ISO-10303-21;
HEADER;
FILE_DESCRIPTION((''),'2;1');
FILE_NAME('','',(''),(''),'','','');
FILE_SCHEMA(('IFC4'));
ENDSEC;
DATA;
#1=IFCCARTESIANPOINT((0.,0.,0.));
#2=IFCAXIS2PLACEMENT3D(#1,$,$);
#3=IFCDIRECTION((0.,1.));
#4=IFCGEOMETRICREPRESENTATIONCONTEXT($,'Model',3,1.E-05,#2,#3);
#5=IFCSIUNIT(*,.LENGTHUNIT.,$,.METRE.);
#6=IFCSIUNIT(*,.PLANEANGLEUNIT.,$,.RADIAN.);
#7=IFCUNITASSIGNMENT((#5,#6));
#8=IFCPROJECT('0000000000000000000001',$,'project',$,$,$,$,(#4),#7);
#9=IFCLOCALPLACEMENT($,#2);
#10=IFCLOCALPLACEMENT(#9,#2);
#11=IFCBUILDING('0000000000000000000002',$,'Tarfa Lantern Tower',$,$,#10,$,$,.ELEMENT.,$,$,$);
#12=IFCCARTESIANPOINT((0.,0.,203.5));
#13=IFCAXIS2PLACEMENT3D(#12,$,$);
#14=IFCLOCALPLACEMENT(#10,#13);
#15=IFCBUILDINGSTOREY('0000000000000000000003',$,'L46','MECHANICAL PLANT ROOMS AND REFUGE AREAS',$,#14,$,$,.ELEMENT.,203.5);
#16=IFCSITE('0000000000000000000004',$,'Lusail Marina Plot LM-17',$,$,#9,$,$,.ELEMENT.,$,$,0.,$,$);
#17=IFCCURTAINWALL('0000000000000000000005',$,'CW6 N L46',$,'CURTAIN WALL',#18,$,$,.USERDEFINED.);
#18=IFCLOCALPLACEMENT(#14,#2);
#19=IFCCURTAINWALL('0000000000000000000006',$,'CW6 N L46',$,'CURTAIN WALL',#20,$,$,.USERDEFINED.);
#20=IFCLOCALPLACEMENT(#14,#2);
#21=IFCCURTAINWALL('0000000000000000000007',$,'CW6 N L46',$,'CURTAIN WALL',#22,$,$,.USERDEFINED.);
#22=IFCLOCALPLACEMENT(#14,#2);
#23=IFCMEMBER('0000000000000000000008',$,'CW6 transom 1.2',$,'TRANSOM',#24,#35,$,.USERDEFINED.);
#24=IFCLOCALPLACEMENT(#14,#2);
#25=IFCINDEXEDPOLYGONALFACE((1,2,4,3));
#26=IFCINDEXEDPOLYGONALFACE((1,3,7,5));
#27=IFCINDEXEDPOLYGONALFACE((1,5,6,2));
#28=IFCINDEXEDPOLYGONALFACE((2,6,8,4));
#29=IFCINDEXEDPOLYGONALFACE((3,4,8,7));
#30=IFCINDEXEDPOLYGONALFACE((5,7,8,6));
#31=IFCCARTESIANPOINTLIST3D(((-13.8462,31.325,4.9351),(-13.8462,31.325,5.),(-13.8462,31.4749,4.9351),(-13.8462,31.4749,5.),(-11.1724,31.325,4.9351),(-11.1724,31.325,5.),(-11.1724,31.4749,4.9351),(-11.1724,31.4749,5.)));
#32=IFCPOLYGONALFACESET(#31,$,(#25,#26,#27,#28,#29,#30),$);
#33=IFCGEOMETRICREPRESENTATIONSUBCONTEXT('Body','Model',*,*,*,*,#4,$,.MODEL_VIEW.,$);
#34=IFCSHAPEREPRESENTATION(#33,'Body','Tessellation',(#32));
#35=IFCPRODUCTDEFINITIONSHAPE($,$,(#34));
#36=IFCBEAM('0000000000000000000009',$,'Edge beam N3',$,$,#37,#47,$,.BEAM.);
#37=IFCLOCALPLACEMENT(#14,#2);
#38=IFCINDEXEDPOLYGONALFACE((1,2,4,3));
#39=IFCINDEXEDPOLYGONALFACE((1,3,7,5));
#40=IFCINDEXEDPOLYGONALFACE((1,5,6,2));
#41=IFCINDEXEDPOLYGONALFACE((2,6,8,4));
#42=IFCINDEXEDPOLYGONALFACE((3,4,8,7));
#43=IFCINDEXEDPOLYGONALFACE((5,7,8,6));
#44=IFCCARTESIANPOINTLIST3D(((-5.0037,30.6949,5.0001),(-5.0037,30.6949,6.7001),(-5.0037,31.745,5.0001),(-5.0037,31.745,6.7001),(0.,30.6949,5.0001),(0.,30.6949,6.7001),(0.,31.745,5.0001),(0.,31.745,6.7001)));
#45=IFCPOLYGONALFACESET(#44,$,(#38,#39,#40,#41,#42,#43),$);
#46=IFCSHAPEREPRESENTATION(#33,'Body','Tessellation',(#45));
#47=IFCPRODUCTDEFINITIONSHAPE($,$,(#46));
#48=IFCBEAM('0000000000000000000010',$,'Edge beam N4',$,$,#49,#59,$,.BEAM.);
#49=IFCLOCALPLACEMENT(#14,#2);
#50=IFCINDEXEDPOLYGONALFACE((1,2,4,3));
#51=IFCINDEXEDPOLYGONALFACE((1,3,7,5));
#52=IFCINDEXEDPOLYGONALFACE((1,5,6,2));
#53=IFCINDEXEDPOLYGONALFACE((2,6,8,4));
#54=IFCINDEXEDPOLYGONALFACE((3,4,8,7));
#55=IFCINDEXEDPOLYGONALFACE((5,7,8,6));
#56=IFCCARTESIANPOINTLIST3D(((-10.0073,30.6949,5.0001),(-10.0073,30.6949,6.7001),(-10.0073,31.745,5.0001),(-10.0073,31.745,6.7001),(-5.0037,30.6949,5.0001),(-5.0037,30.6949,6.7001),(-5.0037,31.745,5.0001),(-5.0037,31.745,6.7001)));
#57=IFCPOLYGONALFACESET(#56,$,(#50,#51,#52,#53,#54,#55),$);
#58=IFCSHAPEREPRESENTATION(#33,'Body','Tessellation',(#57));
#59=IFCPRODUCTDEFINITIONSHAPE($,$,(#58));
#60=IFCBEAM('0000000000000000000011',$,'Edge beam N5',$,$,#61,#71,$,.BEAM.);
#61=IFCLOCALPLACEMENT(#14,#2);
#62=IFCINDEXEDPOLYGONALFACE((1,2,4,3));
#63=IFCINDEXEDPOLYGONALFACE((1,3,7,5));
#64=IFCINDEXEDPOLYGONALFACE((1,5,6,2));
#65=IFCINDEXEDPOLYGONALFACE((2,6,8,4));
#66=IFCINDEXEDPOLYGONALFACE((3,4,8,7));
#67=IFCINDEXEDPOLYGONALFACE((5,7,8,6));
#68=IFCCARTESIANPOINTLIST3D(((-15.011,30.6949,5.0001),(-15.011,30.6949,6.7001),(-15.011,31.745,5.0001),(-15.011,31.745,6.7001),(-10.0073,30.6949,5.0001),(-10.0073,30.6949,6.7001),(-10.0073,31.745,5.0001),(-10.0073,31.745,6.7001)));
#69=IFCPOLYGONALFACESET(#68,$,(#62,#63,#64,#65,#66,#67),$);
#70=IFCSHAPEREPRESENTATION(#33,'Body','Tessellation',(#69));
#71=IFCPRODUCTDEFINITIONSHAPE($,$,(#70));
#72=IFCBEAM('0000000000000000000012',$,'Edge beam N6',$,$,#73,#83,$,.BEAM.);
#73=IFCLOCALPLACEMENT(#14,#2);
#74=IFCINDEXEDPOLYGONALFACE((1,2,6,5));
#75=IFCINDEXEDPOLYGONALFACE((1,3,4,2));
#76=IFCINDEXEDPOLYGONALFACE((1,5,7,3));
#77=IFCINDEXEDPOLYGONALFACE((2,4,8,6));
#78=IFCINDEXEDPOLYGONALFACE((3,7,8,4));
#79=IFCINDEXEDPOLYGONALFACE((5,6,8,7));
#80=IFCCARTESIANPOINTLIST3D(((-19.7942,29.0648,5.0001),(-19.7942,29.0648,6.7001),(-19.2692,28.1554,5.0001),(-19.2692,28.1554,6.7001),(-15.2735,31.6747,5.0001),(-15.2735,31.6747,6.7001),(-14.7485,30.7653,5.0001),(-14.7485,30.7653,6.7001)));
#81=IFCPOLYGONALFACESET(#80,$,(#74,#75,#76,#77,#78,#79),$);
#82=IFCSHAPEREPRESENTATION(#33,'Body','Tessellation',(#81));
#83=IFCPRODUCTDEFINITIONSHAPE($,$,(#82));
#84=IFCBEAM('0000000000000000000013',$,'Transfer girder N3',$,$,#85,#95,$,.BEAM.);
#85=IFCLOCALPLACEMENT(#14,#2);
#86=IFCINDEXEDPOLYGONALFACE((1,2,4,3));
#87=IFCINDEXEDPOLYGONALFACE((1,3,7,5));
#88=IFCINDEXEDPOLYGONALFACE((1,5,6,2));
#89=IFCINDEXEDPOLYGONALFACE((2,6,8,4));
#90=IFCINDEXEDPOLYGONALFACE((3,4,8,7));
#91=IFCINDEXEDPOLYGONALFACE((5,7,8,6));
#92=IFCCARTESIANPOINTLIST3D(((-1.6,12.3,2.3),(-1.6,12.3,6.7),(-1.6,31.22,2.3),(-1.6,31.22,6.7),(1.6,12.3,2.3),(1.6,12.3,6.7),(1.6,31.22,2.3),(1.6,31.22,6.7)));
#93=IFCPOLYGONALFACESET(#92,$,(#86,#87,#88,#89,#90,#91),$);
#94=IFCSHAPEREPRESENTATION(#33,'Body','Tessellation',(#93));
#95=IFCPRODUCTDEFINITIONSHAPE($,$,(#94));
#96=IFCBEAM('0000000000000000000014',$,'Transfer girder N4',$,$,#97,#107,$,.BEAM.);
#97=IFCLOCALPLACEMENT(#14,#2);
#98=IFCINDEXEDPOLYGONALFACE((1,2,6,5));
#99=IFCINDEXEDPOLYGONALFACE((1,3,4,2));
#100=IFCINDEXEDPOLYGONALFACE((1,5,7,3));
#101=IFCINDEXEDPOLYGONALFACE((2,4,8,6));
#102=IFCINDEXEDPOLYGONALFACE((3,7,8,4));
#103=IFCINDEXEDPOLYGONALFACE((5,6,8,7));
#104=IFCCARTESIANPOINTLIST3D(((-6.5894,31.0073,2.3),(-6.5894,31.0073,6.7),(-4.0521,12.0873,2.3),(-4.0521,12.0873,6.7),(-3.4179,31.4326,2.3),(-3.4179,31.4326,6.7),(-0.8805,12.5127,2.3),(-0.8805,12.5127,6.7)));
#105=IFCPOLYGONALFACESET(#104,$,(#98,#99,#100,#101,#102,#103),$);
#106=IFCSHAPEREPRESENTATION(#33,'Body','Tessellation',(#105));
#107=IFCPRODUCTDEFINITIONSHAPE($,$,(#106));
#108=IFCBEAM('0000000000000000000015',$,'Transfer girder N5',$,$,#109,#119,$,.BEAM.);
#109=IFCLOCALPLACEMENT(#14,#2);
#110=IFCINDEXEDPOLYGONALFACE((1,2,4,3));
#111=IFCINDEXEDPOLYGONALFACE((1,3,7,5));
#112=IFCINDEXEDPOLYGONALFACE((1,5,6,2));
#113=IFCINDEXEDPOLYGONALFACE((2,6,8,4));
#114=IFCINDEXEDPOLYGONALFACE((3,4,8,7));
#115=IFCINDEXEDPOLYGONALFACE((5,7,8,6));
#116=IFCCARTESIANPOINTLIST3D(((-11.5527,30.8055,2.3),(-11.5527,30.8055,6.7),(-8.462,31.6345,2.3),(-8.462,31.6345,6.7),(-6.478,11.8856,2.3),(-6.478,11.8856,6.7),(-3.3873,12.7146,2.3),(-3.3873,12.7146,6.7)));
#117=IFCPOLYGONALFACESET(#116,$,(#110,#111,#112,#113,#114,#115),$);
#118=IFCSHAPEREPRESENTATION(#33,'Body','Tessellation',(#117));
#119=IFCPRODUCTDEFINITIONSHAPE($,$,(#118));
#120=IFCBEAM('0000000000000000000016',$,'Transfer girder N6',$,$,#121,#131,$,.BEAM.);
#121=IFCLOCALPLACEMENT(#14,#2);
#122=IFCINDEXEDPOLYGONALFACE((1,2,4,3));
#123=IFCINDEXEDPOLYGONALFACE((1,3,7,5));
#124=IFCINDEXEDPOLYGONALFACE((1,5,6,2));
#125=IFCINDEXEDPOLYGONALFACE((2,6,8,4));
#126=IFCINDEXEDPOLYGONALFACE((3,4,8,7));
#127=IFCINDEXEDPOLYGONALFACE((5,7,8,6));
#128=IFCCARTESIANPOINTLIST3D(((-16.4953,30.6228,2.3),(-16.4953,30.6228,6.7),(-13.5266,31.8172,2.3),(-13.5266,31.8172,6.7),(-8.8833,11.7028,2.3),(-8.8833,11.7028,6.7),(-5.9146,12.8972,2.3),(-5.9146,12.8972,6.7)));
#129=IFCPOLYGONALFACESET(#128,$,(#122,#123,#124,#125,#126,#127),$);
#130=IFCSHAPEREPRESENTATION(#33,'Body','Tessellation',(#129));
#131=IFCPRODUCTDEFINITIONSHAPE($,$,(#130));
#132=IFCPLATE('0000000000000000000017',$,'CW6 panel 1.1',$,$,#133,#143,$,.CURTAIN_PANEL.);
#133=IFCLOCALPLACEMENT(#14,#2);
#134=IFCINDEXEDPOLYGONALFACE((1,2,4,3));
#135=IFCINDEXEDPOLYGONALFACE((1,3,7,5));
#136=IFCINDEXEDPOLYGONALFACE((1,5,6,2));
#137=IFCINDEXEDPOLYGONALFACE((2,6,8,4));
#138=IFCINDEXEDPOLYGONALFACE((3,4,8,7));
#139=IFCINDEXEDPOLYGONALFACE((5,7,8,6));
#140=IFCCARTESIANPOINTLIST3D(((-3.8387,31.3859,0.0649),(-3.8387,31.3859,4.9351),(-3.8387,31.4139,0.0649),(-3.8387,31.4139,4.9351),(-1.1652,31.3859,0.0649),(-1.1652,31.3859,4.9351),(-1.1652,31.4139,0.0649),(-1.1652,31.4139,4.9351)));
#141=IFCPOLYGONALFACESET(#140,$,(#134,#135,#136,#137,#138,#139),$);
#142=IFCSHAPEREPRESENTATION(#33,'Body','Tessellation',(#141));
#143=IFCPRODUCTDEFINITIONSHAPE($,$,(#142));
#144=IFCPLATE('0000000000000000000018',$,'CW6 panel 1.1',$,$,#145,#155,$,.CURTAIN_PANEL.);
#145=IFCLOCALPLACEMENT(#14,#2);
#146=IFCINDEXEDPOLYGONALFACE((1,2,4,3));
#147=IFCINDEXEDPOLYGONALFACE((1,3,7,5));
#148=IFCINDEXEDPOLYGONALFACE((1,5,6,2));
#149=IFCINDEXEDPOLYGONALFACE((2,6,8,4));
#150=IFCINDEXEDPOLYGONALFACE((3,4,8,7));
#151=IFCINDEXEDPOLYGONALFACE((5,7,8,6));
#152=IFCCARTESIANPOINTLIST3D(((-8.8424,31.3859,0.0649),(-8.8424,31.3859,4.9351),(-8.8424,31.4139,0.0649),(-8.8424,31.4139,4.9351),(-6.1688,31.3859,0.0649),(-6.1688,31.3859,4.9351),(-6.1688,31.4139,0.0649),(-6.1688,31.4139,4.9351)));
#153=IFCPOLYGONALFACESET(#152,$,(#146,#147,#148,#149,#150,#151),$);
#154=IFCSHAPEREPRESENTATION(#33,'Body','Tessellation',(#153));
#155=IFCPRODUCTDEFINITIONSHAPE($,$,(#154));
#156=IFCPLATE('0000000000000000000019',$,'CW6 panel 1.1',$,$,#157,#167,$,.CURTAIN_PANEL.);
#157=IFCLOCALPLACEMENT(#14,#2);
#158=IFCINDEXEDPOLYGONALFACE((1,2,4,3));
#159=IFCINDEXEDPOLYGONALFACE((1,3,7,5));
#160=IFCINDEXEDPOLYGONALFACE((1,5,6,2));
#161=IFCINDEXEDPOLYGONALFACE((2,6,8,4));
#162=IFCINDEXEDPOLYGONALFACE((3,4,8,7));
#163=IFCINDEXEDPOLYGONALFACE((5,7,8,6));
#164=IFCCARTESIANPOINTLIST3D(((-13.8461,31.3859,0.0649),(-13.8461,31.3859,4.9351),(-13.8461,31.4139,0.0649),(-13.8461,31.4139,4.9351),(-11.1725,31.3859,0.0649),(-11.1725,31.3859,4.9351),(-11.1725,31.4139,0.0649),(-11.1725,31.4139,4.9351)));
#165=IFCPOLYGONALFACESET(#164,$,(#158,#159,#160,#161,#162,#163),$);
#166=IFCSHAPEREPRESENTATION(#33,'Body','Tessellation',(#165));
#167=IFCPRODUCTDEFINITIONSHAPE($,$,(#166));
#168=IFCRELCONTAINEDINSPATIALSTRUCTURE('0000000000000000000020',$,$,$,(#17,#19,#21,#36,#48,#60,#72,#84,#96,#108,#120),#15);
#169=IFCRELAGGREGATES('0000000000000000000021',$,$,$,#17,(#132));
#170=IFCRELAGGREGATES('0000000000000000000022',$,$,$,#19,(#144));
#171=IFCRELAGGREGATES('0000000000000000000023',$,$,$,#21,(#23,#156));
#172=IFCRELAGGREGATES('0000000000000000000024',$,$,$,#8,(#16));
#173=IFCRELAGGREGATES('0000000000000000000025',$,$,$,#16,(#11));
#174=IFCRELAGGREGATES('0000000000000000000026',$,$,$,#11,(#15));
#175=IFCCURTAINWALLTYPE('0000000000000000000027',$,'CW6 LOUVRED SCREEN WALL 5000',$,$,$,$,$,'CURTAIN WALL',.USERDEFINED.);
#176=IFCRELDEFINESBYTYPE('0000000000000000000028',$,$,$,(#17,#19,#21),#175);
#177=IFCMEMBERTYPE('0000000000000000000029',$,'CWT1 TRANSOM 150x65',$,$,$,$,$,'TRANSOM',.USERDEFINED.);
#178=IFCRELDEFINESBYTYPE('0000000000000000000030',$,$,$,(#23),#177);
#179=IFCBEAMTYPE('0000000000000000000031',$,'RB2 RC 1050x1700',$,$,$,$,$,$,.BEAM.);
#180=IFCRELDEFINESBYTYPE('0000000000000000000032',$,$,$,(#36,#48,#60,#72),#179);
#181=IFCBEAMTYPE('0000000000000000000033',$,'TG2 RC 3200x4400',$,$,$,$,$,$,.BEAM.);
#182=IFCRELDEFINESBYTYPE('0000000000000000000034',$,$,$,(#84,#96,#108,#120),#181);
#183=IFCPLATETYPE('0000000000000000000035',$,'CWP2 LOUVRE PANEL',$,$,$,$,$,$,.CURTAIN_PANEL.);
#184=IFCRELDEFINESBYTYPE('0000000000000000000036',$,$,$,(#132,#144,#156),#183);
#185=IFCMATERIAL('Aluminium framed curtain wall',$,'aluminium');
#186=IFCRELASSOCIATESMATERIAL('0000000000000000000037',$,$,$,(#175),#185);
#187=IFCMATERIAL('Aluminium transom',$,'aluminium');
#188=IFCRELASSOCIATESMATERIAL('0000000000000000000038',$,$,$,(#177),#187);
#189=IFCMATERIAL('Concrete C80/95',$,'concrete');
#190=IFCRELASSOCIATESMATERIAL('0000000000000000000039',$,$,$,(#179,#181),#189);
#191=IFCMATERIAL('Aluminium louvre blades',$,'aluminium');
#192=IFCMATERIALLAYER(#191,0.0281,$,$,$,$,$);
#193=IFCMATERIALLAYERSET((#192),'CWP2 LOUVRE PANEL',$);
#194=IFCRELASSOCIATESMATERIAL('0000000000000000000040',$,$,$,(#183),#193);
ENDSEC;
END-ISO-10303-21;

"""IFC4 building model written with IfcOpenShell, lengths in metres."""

from ifc_helpers import new_model, si_unit, direction, frame, origin, origin_2d, place, context, subcontext, project, spatial, rectangle, extrude, material, layer, layer_set, material_profile, profile_set, type_object, element, aggregate, save


model = new_model("IFC4")

# Units and contexts
model_context = context("Model", 3, precision=1e-05, world=origin(), true_north=direction((0.0, 1.0)))
body_context = subcontext(model_context, "Body", "Model", "MODEL_VIEW")
ifc_project = project(units=[si_unit("LENGTHUNIT", "METRE"), si_unit("PLANEANGLEUNIT", "RADIAN")], contexts=[model_context])

# Site, building, storey
site_placement = place(None, origin())
site = spatial("IfcSite", under=ifc_project, at=site_placement, Name="Lusail Marina Plot LM-17", CompositionType="ELEMENT", RefElevation=0.0)
building_placement = place(site_placement, origin())
building = spatial("IfcBuilding", under=site, at=building_placement, Name="Tarfa Lantern Tower", CompositionType="ELEMENT")
storey_placement = place(building_placement, frame((0.0, 0.0, 203.5)))
storey = spatial("IfcBuildingStorey", under=building, at=storey_placement, Name="L46", Description="MECHANICAL PLANT ROOMS AND REFUGE AREAS", CompositionType="ELEMENT", Elevation=203.5)

# Shared definitions
ifc_material_1 = material(Name="Concrete C80/95", Category="concrete")

# Curtain walls
ifc_material_2 = material(Name="Aluminium framed curtain wall", Category="aluminium")
curtain_wall_type = type_object("IfcCurtainWallType", Name="CW6 LOUVRED SCREEN WALL 5000", ElementType="CURTAIN WALL", PredefinedType="USERDEFINED", material=ifc_material_2)
curtain_wall_1_placement = place(storey_placement, origin())
curtain_wall_1 = element("IfcCurtainWall", 1, at=curtain_wall_1_placement, inside=storey, type_object=curtain_wall_type, Name="CW6 N L46", ObjectType="CURTAIN WALL", PredefinedType="USERDEFINED")
curtain_wall_2_placement = place(storey_placement, origin())
curtain_wall_2 = element("IfcCurtainWall", 2, at=curtain_wall_2_placement, inside=storey, type_object=curtain_wall_type, Name="CW6 N L46", ObjectType="CURTAIN WALL", PredefinedType="USERDEFINED")
curtain_wall_3_placement = place(storey_placement, origin())
curtain_wall_3 = element("IfcCurtainWall", 3, at=curtain_wall_3_placement, inside=storey, type_object=curtain_wall_type, Name="CW6 N L46", ObjectType="CURTAIN WALL", PredefinedType="USERDEFINED")

# Member
ifc_material_3 = material(Name="Aluminium transom", Category="aluminium")
ifc_material_profile_1 = material_profile(ifc_material_3, rectangle(XDim=0.1499, YDim=0.0649, at=origin_2d()), Name="AL TRANSOM 150x65")
ifc_profile_set_1 = profile_set([ifc_material_profile_1], Name="Aluminium transom")
member_type_1 = type_object("IfcMemberType", Name="CWT1 TRANSOM 150x65", ElementType="TRANSOM", PredefinedType="USERDEFINED", material=ifc_profile_set_1)
member_1_placement = place(storey_placement, frame((-11.1724, 31.3999, 4.9675), z_axis=(-1.0, 0.0, 0.0), x_axis=(0.0, -1.0, 0.0)))
member_1 = element("IfcMember", 4, at=member_1_placement, type_object=member_type_1, Name="CW6 transom 1.2", ObjectType="TRANSOM", PredefinedType="USERDEFINED", context=body_context, shape_type="SweptSolid", body=[
    extrude(rectangle(XDim=0.1499, YDim=0.0649, at=origin_2d()), origin(), (0.0, 0.0, 1.0), 2.6738),
])

# Beams
ifc_material_profile_2 = material_profile(ifc_material_1, rectangle(XDim=1.05, YDim=1.7, at=origin_2d()), Name="RC 1050x1700")
ifc_profile_set_2 = profile_set([ifc_material_profile_2], Name="Concrete C80/95")
beam_type_1 = type_object("IfcBeamType", Name="RB2 RC 1050x1700", PredefinedType="BEAM", material=ifc_profile_set_2)
for number, where, z_axis, x_axis, name in (
    (5, (0.0, 31.22, 5.8501), (-1.0, 0.0, 0.0), (0.0, -1.0, 0.0), "Edge beam N3"),
    (6, (-5.0037, 31.22, 5.8501), (-1.0, 0.0, 0.0), (0.0, -1.0, 0.0), "Edge beam N4"),
    (7, (-10.0073, 31.22, 5.8501), (-1.0, 0.0, 0.0), (0.0, -1.0, 0.0), "Edge beam N5"),
):
    element("IfcBeam", number, at=place(storey_placement, frame(where, z_axis=z_axis, x_axis=x_axis)), inside=storey, type_object=beam_type_1, Name=name, PredefinedType="BEAM", context=body_context, shape_type="SweptSolid", body=[
        extrude(rectangle(XDim=1.05, YDim=1.7, at=origin_2d()), origin(), (0.0, 0.0, 1.0), 5.0037),
    ])
beam_1_placement = place(storey_placement, frame((-15.011, 31.22, 5.8501), z_axis=(-0.866042, -0.499972, 0.0), x_axis=(0.499972, -0.866042, 0.0)))
element("IfcBeam", 8, at=beam_1_placement, inside=storey, type_object=beam_type_1, Name="Edge beam N6", PredefinedType="BEAM", context=body_context, shape_type="SweptSolid", body=[
    extrude(rectangle(XDim=1.05, YDim=1.7, at=origin_2d()), origin(), (0.0, 0.0, 1.0), 5.22),
])
ifc_material_profile_3 = material_profile(ifc_material_1, rectangle(XDim=3.2, YDim=4.3999, at=origin_2d()), Name="RC 3200x4400")
ifc_profile_set_3 = profile_set([ifc_material_profile_3], Name="Concrete C80/95")
beam_type_2 = type_object("IfcBeamType", Name="TG2 RC 3200x4400", PredefinedType="BEAM", material=ifc_profile_set_3)
beam_2_placement = place(storey_placement, frame((0.0, 31.22, 4.5), z_axis=(0.0, -1.0, 0.0), x_axis=(1.0, 0.0, 0.0)))
element("IfcBeam", 9, at=beam_2_placement, inside=storey, type_object=beam_type_2, Name="Transfer girder N3", PredefinedType="BEAM", context=body_context, shape_type="SweptSolid", body=[
    extrude(rectangle(XDim=3.2, YDim=4.3999, at=origin_2d()), origin(), (0.0, 0.0, 1.0), 18.9199),
])
beam_3_placement = place(storey_placement, frame((-5.0037, 31.22, 4.5), z_axis=(0.13292, -0.991127, 0.0), x_axis=(0.991127, 0.13292, 0.0)))
element("IfcBeam", 10, at=beam_3_placement, inside=storey, type_object=beam_type_2, Name="Transfer girder N4", PredefinedType="BEAM", context=body_context, shape_type="SweptSolid", body=[
    extrude(rectangle(XDim=3.2, YDim=4.3999, at=origin_2d()), origin(), (0.0, 0.0, 1.0), 19.0894),
])
beam_4_placement = place(storey_placement, frame((-10.0073, 31.22, 4.5), z_axis=(0.259063, -0.96586, 0.0), x_axis=(0.96586, 0.259063, 0.0)))
element("IfcBeam", 11, at=beam_4_placement, inside=storey, type_object=beam_type_2, Name="Transfer girder N5", PredefinedType="BEAM", context=body_context, shape_type="SweptSolid", body=[
    extrude(rectangle(XDim=3.2, YDim=4.3999, at=origin_2d()), origin(), (0.0, 0.0, 1.0), 19.5886),
])
beam_5_placement = place(storey_placement, frame((-15.011, 31.22, 4.5), z_axis=(0.373254, -0.927729, 0.0), x_axis=(0.927729, 0.373254, 0.0)))
element("IfcBeam", 12, at=beam_5_placement, inside=storey, type_object=beam_type_2, Name="Transfer girder N6", PredefinedType="BEAM", context=body_context, shape_type="SweptSolid", body=[
    extrude(rectangle(XDim=3.2, YDim=4.3999, at=origin_2d()), origin(), (0.0, 0.0, 1.0), 20.3938),
])

# Plates
ifc_material_4 = material(Name="Aluminium louvre blades", Category="aluminium")
ifc_layer = layer(ifc_material_4, 0.0281)
ifc_layer_set = layer_set([ifc_layer], Name="CWP2 LOUVRE PANEL")
plate_type = type_object("IfcPlateType", Name="CWP2 LOUVRE PANEL", PredefinedType="CURTAIN_PANEL", material=ifc_layer_set)
plate_1_placement = place(storey_placement, frame((-2.502, 31.3999, 0.0649), z_axis=(0.0, 0.0, 1.0), x_axis=(-1.0, 0.0, 0.0)))
plate_1 = element("IfcPlate", 13, at=plate_1_placement, type_object=plate_type, Name="CW6 panel 1.1", PredefinedType="CURTAIN_PANEL", context=body_context, shape_type="SweptSolid", body=[
    extrude(rectangle(XDim=2.6736, YDim=0.0281, at=origin_2d()), origin(), (0.0, 0.0, 1.0), 4.8701),
])
aggregate(curtain_wall_1, [plate_1])
plate_2_placement = place(storey_placement, frame((-7.5056, 31.3999, 0.0649), z_axis=(0.0, 0.0, 1.0), x_axis=(-1.0, 0.0, 0.0)))
plate_2 = element("IfcPlate", 14, at=plate_2_placement, type_object=plate_type, Name="CW6 panel 1.1", PredefinedType="CURTAIN_PANEL", context=body_context, shape_type="SweptSolid", body=[
    extrude(rectangle(XDim=2.6736, YDim=0.0281, at=origin_2d()), origin(), (0.0, 0.0, 1.0), 4.8701),
])
aggregate(curtain_wall_2, [plate_2])
plate_3_placement = place(storey_placement, frame((-12.5093, 31.3999, 0.0649), z_axis=(0.0, 0.0, 1.0), x_axis=(-1.0, 0.0, 0.0)))
plate_3 = element("IfcPlate", 15, at=plate_3_placement, type_object=plate_type, Name="CW6 panel 1.1", PredefinedType="CURTAIN_PANEL", context=body_context, shape_type="SweptSolid", body=[
    extrude(rectangle(XDim=2.6736, YDim=0.0281, at=origin_2d()), origin(), (0.0, 0.0, 1.0), 4.8701),
])
aggregate(curtain_wall_3, [member_1, plate_3])

save(model, "model.ifc")
